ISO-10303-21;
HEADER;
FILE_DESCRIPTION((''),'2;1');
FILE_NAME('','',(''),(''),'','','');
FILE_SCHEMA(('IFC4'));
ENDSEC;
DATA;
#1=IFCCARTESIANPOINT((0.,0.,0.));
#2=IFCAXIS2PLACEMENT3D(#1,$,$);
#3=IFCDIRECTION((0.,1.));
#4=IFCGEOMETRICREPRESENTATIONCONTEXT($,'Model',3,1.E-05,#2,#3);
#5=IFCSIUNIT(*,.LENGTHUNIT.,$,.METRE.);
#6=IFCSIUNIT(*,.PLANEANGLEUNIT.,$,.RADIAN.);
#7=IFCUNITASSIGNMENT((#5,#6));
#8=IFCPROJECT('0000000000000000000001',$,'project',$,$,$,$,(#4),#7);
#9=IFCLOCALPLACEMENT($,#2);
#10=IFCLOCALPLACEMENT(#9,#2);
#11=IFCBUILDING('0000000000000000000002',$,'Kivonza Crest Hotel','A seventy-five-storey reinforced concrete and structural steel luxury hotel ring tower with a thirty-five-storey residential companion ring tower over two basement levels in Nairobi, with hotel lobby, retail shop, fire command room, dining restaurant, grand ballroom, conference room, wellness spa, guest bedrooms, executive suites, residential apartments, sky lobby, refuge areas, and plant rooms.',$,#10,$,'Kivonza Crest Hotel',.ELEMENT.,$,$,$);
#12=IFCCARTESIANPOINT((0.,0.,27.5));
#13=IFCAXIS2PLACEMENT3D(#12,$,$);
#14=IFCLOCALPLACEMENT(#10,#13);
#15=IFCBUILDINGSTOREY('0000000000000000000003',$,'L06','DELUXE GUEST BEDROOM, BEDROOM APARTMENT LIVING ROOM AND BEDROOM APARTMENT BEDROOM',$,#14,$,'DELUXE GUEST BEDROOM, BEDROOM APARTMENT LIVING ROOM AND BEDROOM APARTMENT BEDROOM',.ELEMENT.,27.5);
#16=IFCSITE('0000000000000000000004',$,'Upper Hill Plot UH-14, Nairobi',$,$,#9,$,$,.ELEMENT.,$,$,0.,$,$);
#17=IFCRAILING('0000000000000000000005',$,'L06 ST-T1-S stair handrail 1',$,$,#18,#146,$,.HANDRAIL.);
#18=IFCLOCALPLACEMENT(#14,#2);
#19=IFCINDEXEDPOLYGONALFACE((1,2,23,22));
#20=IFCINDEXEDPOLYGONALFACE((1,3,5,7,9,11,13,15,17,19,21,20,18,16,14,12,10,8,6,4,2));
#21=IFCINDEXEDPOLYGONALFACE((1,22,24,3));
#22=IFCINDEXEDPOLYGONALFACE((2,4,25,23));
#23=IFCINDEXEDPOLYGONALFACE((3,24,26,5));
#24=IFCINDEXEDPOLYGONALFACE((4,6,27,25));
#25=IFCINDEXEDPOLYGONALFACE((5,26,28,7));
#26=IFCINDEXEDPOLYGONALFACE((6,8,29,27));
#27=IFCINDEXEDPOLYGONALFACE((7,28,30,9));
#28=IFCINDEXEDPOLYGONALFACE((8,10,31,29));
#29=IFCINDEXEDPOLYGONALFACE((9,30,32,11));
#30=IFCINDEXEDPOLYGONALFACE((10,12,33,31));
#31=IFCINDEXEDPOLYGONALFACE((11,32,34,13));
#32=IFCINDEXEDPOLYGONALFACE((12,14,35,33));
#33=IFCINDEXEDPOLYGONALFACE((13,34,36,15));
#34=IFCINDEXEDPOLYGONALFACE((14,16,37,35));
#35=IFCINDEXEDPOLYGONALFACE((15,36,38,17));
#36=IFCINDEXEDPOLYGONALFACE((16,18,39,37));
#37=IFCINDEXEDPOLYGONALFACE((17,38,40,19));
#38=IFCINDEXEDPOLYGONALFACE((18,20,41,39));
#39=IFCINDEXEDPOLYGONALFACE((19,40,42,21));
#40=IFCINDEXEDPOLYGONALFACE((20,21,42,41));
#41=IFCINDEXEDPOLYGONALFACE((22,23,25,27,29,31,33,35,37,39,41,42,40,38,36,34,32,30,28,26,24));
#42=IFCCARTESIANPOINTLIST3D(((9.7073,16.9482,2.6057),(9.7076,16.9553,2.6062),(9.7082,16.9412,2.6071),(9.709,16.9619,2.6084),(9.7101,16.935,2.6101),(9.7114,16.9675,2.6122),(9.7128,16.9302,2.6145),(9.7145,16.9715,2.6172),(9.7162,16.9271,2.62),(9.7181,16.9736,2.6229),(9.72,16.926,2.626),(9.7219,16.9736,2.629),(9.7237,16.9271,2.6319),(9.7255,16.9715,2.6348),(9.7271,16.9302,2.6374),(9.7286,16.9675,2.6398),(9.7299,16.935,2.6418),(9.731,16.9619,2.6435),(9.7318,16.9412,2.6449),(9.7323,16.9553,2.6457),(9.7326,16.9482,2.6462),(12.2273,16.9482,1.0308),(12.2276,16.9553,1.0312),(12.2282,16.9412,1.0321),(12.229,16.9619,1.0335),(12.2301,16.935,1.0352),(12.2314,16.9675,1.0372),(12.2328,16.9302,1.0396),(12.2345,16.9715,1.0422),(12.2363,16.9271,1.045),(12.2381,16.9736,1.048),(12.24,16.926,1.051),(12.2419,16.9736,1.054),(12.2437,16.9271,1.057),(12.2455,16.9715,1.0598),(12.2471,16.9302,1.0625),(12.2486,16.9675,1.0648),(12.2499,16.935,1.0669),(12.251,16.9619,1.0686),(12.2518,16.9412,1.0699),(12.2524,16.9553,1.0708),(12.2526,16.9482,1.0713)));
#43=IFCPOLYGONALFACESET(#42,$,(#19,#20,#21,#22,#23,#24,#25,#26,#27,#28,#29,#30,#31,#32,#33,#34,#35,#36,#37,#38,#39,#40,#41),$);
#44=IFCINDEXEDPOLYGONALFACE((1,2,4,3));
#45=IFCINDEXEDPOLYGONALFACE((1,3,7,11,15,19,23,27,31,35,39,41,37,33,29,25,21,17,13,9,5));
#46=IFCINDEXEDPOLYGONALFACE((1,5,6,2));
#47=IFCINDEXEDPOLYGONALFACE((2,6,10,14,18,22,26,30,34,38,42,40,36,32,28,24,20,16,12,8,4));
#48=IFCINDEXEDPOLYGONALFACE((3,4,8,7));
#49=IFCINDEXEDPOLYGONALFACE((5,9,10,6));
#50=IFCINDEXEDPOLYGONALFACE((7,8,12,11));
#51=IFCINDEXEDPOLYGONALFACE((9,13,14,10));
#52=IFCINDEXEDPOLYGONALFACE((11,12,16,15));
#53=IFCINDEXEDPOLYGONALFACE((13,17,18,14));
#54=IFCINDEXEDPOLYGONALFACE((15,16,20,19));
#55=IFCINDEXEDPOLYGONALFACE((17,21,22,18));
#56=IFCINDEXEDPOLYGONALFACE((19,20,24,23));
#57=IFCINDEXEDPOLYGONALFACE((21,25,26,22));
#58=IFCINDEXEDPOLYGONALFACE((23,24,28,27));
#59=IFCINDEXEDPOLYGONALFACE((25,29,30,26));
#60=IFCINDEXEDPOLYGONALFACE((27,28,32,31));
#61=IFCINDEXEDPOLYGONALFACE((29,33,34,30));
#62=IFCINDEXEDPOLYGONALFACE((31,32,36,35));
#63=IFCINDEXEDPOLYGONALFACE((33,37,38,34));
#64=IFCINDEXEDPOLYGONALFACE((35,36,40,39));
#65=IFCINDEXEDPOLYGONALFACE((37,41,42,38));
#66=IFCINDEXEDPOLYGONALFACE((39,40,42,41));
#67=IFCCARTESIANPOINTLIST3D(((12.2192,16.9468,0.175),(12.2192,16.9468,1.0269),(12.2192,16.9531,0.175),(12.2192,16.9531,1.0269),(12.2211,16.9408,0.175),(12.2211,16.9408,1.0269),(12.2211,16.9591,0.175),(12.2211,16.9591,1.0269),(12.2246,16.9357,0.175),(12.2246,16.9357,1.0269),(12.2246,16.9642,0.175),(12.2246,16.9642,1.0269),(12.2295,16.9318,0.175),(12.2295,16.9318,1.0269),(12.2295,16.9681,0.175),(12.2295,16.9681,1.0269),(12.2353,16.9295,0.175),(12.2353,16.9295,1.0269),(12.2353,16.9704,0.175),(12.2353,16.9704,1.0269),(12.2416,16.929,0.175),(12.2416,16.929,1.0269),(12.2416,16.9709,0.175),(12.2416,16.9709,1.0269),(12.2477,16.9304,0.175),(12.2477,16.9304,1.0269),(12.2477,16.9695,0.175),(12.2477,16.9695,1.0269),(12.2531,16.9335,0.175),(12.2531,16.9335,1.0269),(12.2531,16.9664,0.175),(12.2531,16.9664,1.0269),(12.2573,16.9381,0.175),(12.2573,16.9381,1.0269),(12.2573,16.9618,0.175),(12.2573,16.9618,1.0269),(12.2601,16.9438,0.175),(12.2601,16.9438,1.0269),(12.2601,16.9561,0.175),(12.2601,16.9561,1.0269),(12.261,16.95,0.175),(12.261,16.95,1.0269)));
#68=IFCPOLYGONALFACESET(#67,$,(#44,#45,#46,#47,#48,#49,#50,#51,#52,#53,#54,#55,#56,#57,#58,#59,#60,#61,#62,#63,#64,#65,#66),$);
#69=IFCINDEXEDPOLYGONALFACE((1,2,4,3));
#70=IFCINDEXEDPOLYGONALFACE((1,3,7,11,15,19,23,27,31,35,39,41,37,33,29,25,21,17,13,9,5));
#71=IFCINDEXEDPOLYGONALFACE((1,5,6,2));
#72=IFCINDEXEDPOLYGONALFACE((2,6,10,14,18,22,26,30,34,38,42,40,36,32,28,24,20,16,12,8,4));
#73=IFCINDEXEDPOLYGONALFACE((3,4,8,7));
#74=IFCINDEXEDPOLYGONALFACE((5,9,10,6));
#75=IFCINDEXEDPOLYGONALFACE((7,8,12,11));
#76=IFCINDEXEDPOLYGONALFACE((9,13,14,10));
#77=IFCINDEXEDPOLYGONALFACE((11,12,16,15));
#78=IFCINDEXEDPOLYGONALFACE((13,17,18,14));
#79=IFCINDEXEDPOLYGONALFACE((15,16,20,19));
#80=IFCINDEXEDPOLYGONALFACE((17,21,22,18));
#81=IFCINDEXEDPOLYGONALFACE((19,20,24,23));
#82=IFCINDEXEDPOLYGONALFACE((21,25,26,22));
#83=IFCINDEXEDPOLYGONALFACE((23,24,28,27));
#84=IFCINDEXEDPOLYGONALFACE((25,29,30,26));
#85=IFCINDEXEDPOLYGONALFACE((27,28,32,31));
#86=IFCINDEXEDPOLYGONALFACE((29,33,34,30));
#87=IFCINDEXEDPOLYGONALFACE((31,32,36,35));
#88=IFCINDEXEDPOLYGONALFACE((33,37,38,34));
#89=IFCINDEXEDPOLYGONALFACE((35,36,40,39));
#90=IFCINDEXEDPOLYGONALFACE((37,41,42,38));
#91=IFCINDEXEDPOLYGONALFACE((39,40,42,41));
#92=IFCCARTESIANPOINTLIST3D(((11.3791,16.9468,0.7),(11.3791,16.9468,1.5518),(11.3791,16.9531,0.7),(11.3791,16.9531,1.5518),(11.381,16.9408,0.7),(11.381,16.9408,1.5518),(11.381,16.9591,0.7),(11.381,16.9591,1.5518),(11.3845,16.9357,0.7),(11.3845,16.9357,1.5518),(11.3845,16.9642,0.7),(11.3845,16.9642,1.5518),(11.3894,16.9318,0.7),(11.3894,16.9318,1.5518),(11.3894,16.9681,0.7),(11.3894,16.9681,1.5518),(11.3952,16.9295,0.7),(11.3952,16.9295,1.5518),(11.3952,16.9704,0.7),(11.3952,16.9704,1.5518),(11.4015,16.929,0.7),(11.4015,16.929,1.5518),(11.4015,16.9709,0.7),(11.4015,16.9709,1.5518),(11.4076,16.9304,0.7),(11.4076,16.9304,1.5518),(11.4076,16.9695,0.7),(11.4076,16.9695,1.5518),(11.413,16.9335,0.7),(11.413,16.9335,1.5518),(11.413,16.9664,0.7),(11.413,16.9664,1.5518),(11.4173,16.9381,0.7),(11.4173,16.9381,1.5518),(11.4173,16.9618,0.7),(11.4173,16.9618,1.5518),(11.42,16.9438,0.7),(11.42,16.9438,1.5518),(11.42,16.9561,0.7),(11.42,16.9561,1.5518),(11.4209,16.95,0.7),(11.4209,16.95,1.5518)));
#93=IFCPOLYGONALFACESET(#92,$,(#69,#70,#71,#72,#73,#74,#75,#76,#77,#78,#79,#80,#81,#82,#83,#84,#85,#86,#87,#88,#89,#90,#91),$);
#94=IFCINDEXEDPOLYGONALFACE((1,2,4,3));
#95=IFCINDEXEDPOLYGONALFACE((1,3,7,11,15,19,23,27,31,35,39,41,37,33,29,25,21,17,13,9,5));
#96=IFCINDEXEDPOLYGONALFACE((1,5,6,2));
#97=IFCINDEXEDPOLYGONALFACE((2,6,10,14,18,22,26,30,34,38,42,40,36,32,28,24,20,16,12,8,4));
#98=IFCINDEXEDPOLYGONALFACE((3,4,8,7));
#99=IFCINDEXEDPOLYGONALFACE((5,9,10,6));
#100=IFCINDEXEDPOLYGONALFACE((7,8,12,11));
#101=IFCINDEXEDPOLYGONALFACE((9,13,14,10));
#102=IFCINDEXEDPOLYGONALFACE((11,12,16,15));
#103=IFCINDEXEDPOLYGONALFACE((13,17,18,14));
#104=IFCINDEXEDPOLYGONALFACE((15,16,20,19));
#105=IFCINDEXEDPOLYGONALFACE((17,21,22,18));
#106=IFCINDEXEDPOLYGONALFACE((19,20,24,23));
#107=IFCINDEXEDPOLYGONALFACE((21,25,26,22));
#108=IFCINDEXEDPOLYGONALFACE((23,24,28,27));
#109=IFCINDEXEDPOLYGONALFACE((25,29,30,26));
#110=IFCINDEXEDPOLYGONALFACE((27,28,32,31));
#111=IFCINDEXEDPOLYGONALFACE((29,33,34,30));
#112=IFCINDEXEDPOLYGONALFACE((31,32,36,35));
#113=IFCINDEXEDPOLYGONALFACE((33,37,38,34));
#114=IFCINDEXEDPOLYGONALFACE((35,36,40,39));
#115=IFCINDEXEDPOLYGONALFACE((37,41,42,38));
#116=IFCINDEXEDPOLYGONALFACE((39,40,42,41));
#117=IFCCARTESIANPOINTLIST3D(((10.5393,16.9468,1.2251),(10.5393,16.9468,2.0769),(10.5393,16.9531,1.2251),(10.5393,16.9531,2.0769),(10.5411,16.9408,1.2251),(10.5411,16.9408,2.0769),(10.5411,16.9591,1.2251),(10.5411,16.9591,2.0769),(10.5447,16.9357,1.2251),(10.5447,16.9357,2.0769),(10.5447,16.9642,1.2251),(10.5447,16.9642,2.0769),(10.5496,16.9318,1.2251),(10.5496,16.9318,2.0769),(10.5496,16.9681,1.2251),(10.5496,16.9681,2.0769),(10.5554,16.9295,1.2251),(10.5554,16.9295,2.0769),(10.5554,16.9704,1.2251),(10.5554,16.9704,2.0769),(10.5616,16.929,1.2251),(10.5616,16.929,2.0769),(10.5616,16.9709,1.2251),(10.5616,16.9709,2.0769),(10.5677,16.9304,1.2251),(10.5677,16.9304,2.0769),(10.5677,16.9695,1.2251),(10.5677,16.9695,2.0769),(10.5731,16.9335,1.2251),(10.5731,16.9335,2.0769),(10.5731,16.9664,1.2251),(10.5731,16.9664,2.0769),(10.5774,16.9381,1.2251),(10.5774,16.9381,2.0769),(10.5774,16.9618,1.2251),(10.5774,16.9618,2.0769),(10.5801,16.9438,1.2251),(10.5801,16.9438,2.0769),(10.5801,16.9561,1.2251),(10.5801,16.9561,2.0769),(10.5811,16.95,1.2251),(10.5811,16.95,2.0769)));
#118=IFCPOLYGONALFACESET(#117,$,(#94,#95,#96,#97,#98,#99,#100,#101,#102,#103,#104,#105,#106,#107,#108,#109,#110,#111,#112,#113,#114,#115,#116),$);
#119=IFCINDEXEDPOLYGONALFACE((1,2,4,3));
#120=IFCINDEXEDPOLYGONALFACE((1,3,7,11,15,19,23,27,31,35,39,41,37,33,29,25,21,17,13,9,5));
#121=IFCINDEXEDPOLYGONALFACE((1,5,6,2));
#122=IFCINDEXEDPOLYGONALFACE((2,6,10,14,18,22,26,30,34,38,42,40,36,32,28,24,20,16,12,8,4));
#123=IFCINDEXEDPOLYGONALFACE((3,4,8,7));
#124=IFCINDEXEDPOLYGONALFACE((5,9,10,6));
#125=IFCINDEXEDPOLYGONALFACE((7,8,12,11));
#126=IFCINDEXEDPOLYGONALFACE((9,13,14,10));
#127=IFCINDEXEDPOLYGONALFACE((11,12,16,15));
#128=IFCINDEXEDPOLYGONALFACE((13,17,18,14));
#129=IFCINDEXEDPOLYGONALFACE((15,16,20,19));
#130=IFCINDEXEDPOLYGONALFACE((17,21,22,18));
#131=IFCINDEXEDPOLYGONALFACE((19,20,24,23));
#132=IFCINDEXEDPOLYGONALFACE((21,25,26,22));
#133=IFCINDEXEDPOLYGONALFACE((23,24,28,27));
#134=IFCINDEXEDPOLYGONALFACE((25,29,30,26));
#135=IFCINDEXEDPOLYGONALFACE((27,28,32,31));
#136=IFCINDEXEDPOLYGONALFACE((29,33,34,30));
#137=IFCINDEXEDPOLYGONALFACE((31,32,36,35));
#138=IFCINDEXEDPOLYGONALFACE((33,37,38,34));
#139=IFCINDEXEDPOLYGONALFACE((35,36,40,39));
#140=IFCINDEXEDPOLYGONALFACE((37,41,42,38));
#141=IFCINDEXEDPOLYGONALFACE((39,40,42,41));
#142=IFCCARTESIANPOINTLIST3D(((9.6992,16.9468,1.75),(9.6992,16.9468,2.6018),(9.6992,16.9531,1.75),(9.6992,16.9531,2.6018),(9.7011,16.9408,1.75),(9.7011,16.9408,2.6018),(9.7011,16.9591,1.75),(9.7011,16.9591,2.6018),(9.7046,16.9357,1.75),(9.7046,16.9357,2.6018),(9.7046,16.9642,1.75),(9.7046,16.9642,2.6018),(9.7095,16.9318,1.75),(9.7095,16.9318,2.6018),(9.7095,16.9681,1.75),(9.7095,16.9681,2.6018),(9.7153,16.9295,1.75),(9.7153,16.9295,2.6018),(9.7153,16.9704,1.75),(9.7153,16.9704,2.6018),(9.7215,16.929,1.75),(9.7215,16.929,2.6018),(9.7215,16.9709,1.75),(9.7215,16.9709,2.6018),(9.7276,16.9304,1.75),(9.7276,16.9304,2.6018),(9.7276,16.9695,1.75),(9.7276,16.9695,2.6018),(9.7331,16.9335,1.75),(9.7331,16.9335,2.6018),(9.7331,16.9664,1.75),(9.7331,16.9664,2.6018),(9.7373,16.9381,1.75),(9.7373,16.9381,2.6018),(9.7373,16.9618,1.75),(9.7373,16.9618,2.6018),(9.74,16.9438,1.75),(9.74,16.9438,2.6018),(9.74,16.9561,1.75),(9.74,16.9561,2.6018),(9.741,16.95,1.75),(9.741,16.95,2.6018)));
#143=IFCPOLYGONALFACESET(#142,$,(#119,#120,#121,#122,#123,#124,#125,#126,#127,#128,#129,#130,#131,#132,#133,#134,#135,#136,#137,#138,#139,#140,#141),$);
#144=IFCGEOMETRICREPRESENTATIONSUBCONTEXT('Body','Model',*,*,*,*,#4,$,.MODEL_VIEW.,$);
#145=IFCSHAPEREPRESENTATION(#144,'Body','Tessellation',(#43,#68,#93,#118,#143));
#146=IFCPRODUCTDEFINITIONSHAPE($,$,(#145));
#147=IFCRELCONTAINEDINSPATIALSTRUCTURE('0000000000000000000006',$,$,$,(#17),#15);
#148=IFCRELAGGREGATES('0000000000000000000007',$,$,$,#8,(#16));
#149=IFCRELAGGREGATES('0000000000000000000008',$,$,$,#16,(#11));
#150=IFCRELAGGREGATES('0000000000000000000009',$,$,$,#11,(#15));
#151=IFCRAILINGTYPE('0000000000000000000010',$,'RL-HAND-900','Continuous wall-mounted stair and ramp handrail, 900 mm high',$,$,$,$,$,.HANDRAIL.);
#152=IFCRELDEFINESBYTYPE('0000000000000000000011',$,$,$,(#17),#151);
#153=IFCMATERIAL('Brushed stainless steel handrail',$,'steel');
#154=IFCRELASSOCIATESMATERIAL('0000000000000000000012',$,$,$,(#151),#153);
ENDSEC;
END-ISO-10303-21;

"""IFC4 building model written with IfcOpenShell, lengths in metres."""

from ifc_helpers import new_model, si_unit, direction, frame, origin, origin_2d, place, context, subcontext, project, spatial, circle, extrude, material, type_object, element, save


model = new_model("IFC4")

# Units and contexts
model_context = context("Model", 3, precision=1e-05, world=origin(), true_north=direction((0.0, 1.0)))
body_context = subcontext(model_context, "Body", "Model", "MODEL_VIEW")
ifc_project = project(units=[si_unit("LENGTHUNIT", "METRE"), si_unit("PLANEANGLEUNIT", "RADIAN")], contexts=[model_context])

# Site, building, storey
site_placement = place(None, origin())
site = spatial("IfcSite", under=ifc_project, at=site_placement, Name="Upper Hill Plot UH-14, Nairobi", CompositionType="ELEMENT", RefElevation=0.0)
building_placement = place(site_placement, origin())
building = spatial("IfcBuilding", under=site, at=building_placement, Name="Kivonza Crest Hotel", Description="A seventy-five-storey reinforced concrete and structural steel luxury hotel ring tower with a thirty-five-storey residential companion ring tower over two basement levels in Nairobi, with hotel lobby, retail shop, fire command room, dining restaurant, grand ballroom, conference room, wellness spa, guest bedrooms, executive suites, residential apartments, sky lobby, refuge areas, and plant rooms.", LongName="Kivonza Crest Hotel", CompositionType="ELEMENT")
storey_placement = place(building_placement, frame((0.0, 0.0, 27.5)))
storey = spatial("IfcBuildingStorey", under=building, at=storey_placement, Name="L06", Description="DELUXE GUEST BEDROOM, BEDROOM APARTMENT LIVING ROOM AND BEDROOM APARTMENT BEDROOM", LongName="DELUXE GUEST BEDROOM, BEDROOM APARTMENT LIVING ROOM AND BEDROOM APARTMENT BEDROOM", CompositionType="ELEMENT", Elevation=27.5)

# Railing
ifc_material_1 = material(Name="Brushed stainless steel handrail", Category="steel")
railing_type_1 = type_object("IfcRailingType", Name="RL-HAND-900", Description="Continuous wall-mounted stair and ramp handrail, 900 mm high", PredefinedType="HANDRAIL", material=ifc_material_1)
railing_1_placement = place(storey_placement, frame((12.24, 16.95, 0.175)))
element("IfcRailing", 1, at=railing_1_placement, inside=storey, type_object=railing_type_1, Name="L06 ST-T1-S stair handrail 1", PredefinedType="HANDRAIL", context=body_context, shape_type="SweptSolid", body=[
    extrude(circle(Radius=0.0239, at=origin_2d()), frame((0.0, 0.0, 0.876), z_axis=(-0.848008, 0.0, 0.529984), x_axis=(0.0, -1.0, 0.0)), (0.0, 0.0, 1.0), 2.9717),
    extrude(circle(Radius=0.021, at=origin_2d()), origin(), (0.0, 0.0, 1.0), 0.8518),
    extrude(circle(Radius=0.021, at=origin_2d()), frame((-0.8401, 0.0, 0.5249)), (0.0, 0.0, 1.0), 0.8518),
    extrude(circle(Radius=0.021, at=origin_2d()), frame((-1.6799, 0.0, 1.05)), (0.0, 0.0, 1.0), 0.8518),
    extrude(circle(Radius=0.021, at=origin_2d()), frame((-2.52, 0.0, 1.575)), (0.0, 0.0, 1.0), 0.8518),
])

save(model, "model.ifc")
